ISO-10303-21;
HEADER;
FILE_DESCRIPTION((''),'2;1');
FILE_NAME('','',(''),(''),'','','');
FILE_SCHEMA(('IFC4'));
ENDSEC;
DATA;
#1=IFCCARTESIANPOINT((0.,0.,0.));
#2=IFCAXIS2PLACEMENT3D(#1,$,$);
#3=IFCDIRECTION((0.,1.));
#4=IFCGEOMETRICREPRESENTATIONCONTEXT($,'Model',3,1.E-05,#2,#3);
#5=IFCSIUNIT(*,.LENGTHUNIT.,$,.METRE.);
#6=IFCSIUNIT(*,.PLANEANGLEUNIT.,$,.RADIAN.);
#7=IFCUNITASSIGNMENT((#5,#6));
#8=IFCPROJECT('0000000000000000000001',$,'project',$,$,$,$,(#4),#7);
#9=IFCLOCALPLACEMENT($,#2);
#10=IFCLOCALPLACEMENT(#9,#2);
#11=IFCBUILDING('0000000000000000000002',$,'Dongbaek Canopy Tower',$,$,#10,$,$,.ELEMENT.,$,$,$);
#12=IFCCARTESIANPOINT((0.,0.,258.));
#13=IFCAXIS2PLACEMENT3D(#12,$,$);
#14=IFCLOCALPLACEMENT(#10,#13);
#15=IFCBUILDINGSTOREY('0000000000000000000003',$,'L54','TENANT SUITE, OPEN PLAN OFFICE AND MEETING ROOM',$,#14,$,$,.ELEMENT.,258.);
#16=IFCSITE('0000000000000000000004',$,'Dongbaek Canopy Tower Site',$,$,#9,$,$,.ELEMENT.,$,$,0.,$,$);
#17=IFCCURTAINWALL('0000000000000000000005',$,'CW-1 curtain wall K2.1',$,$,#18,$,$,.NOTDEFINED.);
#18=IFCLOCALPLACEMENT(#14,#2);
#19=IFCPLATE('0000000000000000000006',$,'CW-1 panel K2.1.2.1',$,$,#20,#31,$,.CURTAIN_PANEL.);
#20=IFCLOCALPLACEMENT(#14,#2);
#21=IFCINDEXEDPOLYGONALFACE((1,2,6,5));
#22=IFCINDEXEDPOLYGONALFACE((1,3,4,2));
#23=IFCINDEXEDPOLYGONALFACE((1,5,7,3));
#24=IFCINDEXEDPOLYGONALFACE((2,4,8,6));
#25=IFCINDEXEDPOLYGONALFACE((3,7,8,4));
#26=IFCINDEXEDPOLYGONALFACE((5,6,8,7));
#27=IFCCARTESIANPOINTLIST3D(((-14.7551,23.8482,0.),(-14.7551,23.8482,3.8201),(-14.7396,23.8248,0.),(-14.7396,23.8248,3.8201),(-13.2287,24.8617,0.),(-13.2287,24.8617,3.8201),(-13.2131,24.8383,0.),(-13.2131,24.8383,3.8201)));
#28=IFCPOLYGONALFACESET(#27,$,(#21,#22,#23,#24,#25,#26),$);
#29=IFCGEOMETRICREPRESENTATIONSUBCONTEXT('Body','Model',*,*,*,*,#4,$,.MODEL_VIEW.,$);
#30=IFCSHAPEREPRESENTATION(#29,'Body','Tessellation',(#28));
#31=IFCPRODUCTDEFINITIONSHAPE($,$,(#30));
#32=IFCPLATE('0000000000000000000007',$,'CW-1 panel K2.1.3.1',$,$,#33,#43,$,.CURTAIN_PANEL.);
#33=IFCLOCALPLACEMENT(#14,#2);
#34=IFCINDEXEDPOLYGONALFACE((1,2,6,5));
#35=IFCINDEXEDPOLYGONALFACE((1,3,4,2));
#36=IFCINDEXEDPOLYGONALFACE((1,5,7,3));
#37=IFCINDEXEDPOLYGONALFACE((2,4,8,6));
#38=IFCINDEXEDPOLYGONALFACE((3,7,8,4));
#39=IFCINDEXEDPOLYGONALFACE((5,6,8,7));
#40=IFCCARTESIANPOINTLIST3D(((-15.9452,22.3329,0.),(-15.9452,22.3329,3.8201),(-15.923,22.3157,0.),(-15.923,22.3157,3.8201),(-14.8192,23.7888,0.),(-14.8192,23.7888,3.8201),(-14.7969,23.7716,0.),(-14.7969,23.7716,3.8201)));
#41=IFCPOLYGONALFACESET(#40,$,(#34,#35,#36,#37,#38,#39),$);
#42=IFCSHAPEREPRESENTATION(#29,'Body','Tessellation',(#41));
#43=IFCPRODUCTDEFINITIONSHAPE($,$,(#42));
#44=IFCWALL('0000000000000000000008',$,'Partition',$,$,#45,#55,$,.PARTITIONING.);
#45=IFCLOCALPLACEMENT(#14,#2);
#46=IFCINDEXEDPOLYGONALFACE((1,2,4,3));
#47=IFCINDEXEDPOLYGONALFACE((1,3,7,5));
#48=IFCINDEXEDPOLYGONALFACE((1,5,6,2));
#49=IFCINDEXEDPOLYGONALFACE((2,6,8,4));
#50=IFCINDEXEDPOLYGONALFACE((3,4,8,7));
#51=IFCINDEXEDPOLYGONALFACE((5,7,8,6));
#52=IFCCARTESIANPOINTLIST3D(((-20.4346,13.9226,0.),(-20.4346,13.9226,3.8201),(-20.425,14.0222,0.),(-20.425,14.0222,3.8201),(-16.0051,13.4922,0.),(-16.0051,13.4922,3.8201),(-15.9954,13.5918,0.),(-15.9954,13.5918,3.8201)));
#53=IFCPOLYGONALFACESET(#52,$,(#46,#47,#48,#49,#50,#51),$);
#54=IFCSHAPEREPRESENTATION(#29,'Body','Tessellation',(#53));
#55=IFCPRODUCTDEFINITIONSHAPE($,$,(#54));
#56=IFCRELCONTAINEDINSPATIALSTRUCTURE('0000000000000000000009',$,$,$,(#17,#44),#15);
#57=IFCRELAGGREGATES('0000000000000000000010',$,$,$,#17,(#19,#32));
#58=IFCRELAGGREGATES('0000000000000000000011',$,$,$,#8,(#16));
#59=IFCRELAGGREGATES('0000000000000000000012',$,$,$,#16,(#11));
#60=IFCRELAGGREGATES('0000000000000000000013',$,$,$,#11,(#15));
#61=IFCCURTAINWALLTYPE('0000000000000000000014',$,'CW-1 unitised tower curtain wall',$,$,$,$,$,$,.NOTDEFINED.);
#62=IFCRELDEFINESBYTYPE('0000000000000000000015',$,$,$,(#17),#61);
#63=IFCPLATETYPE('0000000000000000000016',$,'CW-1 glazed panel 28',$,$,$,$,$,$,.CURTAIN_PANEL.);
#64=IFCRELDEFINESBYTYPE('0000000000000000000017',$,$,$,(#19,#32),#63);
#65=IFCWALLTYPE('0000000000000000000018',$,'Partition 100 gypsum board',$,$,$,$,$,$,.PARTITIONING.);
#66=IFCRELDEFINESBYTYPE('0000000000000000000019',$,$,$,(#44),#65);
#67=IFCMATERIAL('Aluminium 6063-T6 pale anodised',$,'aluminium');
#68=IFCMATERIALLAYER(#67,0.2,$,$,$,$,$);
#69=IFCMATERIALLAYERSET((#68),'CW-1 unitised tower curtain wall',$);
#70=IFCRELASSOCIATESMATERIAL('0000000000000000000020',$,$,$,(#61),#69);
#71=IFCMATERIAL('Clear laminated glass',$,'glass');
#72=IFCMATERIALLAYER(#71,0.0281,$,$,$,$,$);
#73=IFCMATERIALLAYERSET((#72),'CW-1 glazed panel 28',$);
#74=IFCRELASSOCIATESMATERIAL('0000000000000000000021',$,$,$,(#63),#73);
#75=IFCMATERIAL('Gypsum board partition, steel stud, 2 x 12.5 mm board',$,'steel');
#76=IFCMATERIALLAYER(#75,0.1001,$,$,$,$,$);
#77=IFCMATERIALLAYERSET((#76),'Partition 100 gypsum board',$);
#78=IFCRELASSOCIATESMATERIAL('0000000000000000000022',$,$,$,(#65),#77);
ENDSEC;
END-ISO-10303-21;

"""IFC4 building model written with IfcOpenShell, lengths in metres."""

from ifc_helpers import new_model, si_unit, direction, frame, frame_2d, origin, origin_2d, place, context, subcontext, project, spatial, rectangle, extrude, material, layer, layer_set, type_object, element, aggregate, save


model = new_model("IFC4")

# Units and contexts
model_context = context("Model", 3, precision=1e-05, world=origin(), true_north=direction((0.0, 1.0)))
body_context = subcontext(model_context, "Body", "Model", "MODEL_VIEW")
ifc_project = project(units=[si_unit("LENGTHUNIT", "METRE"), si_unit("PLANEANGLEUNIT", "RADIAN")], contexts=[model_context])

# Site, building, storey
site_placement = place(None, origin())
site = spatial("IfcSite", under=ifc_project, at=site_placement, Name="Dongbaek Canopy Tower Site", CompositionType="ELEMENT", RefElevation=0.0)
building_placement = place(site_placement, origin())
building = spatial("IfcBuilding", under=site, at=building_placement, Name="Dongbaek Canopy Tower", CompositionType="ELEMENT")
storey_placement = place(building_placement, frame((0.0, 0.0, 258.0)))
storey = spatial("IfcBuildingStorey", under=building, at=storey_placement, Name="L54", Description="TENANT SUITE, OPEN PLAN OFFICE AND MEETING ROOM", CompositionType="ELEMENT", Elevation=258.0)

# Curtain wall
ifc_material_1 = material(Name="Aluminium 6063-T6 pale anodised", Category="aluminium")
ifc_layer_1 = layer(ifc_material_1, 0.2)
ifc_layer_set_1 = layer_set([ifc_layer_1], Name="CW-1 unitised tower curtain wall")
curtain_wall_type = type_object("IfcCurtainWallType", Name="CW-1 unitised tower curtain wall", PredefinedType="NOTDEFINED", material=ifc_layer_set_1)
curtain_wall_placement = place(storey_placement, origin())
curtain_wall = element("IfcCurtainWall", 1, at=curtain_wall_placement, inside=storey, type_object=curtain_wall_type, Name="CW-1 curtain wall K2.1", PredefinedType="NOTDEFINED")

# Plates
ifc_material_2 = material(Name="Clear laminated glass", Category="glass")
ifc_layer_2 = layer(ifc_material_2, 0.0281)
ifc_layer_set_2 = layer_set([ifc_layer_2], Name="CW-1 glazed panel 28")
plate_type = type_object("IfcPlateType", Name="CW-1 glazed panel 28", PredefinedType="CURTAIN_PANEL", material=ifc_layer_set_2)
plate_1_placement = place(storey_placement, frame((-13.9841, 24.3433, 0.0), z_axis=(0.0, 0.0, 1.0), x_axis=(-0.833088, -0.553141, 0.0)))
plate_1 = element("IfcPlate", 2, at=plate_1_placement, type_object=plate_type, Name="CW-1 panel K2.1.2.1", PredefinedType="CURTAIN_PANEL", context=body_context, shape_type="SweptSolid", body=[
    extrude(rectangle(XDim=1.8323, YDim=0.0281, at=origin_2d()), origin(), (0.0, 0.0, 1.0), 3.8201),
])
plate_2_placement = place(storey_placement, frame((-15.3711, 23.0522, 0.0), z_axis=(0.0, 0.0, 1.0), x_axis=(-0.611813, -0.791002, 0.0)))
plate_2 = element("IfcPlate", 3, at=plate_2_placement, type_object=plate_type, Name="CW-1 panel K2.1.3.1", PredefinedType="CURTAIN_PANEL", context=body_context, shape_type="SweptSolid", body=[
    extrude(rectangle(XDim=1.8406, YDim=0.0281, at=origin_2d()), origin(), (0.0, 0.0, 1.0), 3.8201),
])
aggregate(curtain_wall, [plate_1, plate_2])

# Wall
ifc_material_3 = material(Name="Gypsum board partition, steel stud, 2 x 12.5 mm board", Category="steel")
ifc_layer_3 = layer(ifc_material_3, 0.1001)
ifc_layer_set_3 = layer_set([ifc_layer_3], Name="Partition 100 gypsum board")
wall_type_1 = type_object("IfcWallType", Name="Partition 100 gypsum board", PredefinedType="PARTITIONING", material=ifc_layer_set_3)
wall_1_placement = place(storey_placement, frame((-20.4297, 13.9724, 0.0), z_axis=(0.0, 0.0, 1.0), x_axis=(0.995312, -0.096712, 0.0)))
element("IfcWall", 4, at=wall_1_placement, inside=storey, type_object=wall_type_1, Name="Partition", PredefinedType="PARTITIONING", context=body_context, shape_type="SweptSolid", body=[
    extrude(rectangle(XDim=4.4504, YDim=0.1001, at=frame_2d((2.2251, 0.0))), origin(), (0.0, 0.0, 1.0), 3.8201),
])

save(model, "model.ifc")
